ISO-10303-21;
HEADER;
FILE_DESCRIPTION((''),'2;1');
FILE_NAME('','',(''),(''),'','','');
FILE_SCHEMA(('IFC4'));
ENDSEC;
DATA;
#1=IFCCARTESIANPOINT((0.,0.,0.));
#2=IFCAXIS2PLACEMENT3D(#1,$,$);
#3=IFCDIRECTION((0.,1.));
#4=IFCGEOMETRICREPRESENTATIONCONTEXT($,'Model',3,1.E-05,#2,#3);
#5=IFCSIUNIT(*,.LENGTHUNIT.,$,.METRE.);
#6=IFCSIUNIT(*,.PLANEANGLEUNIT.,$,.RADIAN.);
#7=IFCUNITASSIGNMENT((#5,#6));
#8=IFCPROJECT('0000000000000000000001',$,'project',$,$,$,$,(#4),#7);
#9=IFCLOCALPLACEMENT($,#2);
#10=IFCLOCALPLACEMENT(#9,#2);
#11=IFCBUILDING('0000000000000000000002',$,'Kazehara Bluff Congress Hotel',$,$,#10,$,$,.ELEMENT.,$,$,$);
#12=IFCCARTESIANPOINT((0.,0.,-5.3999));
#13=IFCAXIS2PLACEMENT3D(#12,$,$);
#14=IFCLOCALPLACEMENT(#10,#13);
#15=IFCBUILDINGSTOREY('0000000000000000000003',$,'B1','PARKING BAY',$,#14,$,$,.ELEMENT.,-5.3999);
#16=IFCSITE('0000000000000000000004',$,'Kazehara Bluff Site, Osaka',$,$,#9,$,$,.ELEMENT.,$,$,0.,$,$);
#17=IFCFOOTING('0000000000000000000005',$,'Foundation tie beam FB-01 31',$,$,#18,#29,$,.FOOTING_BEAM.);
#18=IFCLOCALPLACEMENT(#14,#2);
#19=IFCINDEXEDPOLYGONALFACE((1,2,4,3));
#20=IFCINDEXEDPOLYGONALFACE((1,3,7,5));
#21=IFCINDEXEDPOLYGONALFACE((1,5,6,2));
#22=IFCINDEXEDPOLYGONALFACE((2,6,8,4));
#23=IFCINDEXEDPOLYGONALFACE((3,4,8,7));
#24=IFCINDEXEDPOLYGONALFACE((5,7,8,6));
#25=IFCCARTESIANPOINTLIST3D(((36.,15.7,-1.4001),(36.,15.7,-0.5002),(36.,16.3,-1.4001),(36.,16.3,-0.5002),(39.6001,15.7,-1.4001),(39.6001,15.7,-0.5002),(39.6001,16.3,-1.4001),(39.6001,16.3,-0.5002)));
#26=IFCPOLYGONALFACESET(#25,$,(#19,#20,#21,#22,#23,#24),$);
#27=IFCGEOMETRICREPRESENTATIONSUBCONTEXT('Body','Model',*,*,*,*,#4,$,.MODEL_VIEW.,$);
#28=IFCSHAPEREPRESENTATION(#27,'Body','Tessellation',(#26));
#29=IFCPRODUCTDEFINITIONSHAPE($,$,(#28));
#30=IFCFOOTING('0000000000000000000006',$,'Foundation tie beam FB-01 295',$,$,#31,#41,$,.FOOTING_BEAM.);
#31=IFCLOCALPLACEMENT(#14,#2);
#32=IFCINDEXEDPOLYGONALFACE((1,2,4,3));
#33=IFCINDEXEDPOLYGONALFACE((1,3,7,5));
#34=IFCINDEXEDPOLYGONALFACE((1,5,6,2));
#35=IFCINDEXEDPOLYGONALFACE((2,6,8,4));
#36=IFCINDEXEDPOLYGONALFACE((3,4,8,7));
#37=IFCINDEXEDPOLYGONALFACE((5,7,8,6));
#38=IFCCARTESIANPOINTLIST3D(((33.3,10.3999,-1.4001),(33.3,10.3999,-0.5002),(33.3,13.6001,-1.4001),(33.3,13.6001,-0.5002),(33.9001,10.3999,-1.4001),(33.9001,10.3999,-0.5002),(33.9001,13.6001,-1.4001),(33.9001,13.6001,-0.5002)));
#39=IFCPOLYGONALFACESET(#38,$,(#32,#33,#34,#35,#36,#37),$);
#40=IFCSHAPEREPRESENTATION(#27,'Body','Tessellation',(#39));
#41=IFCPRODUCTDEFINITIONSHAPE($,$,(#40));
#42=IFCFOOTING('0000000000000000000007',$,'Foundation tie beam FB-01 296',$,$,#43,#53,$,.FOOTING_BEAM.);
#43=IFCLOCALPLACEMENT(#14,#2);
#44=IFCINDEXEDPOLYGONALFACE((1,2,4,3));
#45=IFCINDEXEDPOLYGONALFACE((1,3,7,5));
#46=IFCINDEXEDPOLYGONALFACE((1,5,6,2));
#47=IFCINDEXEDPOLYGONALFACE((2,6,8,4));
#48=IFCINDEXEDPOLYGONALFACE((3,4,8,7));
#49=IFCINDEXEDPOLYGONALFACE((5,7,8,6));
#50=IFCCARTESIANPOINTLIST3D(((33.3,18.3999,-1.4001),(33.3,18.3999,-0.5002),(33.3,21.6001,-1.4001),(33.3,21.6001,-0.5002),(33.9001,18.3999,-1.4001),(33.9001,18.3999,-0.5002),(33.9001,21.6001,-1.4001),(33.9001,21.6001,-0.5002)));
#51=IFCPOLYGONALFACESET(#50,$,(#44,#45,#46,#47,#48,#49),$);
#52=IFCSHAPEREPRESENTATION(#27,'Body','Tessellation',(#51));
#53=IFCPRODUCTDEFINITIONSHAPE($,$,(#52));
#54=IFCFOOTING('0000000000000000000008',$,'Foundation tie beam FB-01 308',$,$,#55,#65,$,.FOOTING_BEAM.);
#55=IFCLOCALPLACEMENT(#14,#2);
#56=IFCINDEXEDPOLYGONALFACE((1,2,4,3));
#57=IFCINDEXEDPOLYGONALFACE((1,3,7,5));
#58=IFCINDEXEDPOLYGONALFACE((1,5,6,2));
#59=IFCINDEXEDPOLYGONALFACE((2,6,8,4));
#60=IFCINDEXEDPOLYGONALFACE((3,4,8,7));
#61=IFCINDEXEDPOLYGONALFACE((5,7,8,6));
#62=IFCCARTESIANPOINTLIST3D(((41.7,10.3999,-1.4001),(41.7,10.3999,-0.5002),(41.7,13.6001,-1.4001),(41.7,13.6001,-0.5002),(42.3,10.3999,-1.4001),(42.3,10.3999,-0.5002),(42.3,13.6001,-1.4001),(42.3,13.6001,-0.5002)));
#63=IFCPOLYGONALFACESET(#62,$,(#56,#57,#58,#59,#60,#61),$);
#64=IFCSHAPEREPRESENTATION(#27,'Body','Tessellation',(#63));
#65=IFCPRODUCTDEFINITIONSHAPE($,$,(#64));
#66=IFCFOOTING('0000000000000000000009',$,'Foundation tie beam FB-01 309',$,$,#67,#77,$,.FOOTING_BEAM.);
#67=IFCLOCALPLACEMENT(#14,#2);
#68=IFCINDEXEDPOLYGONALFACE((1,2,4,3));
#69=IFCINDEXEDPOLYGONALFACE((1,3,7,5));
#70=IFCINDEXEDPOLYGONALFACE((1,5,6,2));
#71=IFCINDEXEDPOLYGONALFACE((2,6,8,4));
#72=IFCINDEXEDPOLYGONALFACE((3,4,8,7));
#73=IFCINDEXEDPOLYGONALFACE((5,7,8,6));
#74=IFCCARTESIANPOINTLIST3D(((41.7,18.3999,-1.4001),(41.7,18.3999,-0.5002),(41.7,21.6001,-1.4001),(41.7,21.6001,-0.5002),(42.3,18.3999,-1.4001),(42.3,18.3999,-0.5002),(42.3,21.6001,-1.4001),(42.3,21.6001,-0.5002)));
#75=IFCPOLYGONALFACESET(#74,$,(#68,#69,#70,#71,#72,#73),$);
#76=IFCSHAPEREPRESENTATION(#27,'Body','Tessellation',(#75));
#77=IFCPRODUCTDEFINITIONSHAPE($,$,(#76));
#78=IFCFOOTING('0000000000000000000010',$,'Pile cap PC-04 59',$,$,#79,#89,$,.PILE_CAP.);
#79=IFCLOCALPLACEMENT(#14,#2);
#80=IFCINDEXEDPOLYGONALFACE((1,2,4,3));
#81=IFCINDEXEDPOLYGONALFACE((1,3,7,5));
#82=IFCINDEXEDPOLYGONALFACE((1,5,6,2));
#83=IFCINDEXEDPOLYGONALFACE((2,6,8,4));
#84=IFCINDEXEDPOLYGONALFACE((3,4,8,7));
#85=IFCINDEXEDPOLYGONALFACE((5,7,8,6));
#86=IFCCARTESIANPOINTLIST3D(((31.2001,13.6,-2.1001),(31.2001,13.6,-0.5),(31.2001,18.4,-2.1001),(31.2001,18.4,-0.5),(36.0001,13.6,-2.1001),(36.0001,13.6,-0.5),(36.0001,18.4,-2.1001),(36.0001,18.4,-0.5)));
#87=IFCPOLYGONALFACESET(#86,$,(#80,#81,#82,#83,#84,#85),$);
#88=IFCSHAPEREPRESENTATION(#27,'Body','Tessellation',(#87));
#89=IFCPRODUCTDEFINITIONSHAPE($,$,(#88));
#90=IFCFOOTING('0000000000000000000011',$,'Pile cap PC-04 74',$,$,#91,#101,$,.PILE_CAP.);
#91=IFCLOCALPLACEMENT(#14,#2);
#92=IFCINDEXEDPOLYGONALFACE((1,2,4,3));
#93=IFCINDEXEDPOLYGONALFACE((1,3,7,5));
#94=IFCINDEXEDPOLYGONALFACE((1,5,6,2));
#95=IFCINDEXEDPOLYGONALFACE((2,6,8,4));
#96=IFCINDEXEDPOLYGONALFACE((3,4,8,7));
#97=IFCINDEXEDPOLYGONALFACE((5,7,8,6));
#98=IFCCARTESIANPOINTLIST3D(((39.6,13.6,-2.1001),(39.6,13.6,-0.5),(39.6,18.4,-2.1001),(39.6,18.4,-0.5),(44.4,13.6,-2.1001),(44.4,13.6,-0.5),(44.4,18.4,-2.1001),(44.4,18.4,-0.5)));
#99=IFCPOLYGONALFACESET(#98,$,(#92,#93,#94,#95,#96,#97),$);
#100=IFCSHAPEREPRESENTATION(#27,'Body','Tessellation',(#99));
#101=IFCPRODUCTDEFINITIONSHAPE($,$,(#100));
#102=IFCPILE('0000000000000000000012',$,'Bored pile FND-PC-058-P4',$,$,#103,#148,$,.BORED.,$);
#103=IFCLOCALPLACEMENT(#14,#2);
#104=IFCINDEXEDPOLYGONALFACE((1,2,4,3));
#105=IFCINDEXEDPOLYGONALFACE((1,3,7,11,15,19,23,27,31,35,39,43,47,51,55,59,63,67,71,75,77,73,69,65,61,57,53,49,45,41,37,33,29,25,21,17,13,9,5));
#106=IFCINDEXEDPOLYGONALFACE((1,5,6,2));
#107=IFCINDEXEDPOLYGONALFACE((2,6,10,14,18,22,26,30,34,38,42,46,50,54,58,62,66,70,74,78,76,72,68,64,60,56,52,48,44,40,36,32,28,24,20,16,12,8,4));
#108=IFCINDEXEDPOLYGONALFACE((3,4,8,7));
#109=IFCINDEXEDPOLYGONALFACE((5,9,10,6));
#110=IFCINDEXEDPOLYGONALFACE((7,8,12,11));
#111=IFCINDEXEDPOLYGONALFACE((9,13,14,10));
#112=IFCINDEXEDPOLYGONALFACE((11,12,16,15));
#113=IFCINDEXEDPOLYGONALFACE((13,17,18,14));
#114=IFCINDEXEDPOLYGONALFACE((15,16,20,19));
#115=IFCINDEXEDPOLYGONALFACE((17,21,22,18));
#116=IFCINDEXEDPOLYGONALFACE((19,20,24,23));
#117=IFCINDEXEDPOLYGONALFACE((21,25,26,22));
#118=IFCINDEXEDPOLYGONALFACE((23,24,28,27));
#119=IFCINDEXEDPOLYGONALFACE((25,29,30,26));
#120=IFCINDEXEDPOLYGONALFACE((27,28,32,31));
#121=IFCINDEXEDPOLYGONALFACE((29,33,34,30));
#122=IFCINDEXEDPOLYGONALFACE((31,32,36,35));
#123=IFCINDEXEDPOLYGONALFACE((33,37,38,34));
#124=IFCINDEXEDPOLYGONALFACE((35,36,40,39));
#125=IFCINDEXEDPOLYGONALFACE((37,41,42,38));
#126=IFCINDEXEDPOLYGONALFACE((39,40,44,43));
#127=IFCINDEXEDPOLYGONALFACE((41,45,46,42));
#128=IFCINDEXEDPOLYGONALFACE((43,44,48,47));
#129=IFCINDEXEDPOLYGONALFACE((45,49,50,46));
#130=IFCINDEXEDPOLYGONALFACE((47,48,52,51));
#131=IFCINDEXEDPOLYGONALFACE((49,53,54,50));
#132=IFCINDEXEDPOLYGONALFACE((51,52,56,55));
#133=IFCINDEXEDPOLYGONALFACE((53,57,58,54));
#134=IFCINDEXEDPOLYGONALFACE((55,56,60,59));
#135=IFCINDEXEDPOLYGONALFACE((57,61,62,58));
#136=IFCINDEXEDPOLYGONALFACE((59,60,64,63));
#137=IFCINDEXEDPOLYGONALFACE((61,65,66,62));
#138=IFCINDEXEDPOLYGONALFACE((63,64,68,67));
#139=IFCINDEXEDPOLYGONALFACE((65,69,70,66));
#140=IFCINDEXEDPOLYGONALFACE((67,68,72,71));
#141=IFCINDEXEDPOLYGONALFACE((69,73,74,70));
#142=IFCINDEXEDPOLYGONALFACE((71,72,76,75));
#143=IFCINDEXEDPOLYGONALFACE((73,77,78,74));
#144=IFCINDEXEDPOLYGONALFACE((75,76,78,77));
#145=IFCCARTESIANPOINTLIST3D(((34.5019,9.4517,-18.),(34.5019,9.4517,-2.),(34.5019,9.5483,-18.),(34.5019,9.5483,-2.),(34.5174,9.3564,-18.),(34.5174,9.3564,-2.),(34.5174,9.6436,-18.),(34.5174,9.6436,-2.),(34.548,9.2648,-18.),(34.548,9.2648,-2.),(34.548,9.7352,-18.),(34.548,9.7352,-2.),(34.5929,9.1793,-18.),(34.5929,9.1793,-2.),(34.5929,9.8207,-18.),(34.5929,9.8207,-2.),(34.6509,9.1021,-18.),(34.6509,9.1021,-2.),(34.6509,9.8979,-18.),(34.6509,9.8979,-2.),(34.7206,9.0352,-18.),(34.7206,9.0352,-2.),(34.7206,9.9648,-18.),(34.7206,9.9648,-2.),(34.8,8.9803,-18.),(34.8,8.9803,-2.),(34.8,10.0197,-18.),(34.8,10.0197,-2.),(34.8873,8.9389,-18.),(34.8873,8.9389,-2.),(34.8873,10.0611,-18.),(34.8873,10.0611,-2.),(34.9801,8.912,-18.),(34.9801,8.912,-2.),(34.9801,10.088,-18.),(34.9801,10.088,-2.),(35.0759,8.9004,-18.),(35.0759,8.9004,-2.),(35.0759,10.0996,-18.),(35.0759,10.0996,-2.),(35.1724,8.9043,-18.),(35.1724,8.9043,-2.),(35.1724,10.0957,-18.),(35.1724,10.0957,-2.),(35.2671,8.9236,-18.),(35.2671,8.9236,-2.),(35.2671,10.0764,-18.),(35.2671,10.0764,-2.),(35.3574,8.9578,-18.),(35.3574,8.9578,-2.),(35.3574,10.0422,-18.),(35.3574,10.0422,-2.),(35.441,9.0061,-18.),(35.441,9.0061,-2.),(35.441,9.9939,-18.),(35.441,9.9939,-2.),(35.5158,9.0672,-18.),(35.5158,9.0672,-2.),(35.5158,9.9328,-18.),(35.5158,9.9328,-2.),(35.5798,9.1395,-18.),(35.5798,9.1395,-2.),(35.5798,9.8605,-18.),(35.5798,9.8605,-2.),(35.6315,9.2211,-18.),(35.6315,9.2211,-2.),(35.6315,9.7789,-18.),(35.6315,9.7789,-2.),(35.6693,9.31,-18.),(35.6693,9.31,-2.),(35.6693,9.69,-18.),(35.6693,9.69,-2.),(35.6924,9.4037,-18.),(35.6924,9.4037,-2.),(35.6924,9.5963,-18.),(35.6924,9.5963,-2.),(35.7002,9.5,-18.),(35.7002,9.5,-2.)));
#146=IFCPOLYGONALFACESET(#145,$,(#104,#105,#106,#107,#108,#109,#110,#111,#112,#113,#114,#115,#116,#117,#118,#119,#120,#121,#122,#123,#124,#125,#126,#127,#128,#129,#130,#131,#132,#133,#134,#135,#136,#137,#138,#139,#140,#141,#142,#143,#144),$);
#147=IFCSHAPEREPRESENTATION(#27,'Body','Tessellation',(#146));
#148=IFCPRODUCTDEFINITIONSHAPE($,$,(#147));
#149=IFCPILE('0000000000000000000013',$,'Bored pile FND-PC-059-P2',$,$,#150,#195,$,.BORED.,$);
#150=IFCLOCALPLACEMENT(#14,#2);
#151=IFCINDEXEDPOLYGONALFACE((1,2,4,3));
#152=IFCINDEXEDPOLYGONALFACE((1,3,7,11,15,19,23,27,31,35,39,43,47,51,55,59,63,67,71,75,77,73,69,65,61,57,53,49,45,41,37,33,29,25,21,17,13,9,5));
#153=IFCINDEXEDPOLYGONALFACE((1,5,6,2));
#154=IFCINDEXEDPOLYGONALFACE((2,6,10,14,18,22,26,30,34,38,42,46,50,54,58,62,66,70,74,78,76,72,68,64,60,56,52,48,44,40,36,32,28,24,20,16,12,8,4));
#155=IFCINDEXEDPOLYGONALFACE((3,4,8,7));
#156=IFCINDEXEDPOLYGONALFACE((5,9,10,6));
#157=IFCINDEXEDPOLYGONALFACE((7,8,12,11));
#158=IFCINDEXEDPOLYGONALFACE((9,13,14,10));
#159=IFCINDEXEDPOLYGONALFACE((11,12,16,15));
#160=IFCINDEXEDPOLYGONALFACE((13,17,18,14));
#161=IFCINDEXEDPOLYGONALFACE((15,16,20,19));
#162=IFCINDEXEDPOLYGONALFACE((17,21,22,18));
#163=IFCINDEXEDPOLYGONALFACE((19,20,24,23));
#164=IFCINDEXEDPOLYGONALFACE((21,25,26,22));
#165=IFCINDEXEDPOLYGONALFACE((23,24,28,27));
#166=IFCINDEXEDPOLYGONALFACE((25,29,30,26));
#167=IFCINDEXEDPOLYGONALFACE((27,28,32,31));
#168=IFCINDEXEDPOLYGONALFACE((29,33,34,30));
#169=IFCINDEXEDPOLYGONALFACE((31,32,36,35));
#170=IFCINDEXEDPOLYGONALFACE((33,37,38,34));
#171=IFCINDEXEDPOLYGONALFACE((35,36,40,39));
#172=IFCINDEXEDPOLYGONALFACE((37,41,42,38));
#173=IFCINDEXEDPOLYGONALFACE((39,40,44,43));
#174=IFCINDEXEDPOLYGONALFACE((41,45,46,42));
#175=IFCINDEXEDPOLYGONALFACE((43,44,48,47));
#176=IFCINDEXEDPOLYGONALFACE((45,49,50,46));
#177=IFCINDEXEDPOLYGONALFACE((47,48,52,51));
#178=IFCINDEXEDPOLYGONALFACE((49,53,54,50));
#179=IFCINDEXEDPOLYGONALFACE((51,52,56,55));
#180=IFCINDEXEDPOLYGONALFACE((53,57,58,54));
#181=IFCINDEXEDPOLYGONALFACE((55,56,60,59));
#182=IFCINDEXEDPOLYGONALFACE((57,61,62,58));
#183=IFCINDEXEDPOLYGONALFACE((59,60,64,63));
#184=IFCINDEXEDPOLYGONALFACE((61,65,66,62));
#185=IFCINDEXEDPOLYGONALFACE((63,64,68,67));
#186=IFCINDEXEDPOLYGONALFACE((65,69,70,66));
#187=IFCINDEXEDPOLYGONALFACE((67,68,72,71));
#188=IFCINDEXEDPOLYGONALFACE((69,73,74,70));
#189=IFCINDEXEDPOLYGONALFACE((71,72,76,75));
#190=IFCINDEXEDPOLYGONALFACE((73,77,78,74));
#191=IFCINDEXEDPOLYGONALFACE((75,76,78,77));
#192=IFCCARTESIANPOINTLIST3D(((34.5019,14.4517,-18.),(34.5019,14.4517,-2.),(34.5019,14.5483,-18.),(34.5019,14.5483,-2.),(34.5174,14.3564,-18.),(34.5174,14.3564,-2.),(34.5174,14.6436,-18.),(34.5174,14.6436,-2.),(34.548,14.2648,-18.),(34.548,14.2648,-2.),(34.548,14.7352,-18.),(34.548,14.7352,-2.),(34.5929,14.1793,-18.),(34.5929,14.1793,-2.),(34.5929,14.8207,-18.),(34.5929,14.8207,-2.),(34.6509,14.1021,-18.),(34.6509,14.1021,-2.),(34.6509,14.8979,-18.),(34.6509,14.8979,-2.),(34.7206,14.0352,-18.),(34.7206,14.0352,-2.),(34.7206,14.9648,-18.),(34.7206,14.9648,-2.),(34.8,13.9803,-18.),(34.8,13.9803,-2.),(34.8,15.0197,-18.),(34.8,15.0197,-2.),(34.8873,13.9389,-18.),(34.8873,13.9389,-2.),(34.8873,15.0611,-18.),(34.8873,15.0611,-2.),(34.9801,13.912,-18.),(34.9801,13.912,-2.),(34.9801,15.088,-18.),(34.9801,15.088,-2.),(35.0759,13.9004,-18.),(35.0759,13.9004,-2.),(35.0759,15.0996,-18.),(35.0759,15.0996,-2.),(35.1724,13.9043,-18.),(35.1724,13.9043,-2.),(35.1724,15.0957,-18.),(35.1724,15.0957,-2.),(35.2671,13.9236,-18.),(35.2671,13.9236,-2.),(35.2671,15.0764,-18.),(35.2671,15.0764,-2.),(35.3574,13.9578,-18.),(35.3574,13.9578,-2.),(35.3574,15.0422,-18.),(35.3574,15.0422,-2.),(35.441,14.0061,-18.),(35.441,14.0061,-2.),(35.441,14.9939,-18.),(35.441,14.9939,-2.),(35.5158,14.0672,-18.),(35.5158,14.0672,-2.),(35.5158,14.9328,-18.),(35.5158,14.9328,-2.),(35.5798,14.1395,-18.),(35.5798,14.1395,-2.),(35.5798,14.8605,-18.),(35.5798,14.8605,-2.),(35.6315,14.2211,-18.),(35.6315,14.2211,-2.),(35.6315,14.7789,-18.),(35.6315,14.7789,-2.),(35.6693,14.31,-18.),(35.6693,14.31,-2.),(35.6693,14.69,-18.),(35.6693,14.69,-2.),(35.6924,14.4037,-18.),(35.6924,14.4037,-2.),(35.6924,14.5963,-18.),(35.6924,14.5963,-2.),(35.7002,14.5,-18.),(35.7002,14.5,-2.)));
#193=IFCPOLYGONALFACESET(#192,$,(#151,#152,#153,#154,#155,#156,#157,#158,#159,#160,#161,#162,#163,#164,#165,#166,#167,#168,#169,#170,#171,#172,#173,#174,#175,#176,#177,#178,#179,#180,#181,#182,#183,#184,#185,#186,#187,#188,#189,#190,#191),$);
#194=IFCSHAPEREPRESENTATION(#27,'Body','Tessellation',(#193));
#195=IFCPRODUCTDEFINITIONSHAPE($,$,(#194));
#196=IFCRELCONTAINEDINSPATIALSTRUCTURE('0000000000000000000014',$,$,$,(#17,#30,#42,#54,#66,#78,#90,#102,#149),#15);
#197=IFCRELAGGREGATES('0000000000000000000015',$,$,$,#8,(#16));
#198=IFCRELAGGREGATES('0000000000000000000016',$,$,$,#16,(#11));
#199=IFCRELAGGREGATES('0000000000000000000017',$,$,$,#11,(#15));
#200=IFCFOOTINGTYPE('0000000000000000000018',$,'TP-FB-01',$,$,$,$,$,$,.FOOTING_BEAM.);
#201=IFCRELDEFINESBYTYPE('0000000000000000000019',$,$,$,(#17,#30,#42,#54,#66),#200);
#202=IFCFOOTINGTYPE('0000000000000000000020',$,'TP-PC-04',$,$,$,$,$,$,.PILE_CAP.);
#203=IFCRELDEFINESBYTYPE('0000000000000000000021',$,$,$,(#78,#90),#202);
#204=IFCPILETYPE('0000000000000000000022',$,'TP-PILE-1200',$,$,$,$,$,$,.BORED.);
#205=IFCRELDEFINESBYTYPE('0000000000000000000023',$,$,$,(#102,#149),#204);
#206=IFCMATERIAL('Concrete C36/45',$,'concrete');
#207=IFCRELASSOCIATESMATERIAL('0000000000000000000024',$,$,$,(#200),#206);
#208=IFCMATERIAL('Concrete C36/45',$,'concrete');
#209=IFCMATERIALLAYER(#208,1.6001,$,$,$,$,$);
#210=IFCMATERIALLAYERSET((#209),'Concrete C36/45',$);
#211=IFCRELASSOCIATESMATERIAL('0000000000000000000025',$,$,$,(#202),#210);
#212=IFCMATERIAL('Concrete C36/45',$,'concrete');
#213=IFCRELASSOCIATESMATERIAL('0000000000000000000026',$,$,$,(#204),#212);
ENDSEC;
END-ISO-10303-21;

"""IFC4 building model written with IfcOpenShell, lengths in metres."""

from ifc_helpers import new_model, si_unit, direction, frame, origin, origin_2d, place, context, subcontext, project, spatial, rectangle, circle, extrude, material, layer, layer_set, material_profile, profile_set, type_object, element, save


model = new_model("IFC4")

# Units and contexts
model_context = context("Model", 3, precision=1e-05, world=origin(), true_north=direction((0.0, 1.0)))
body_context = subcontext(model_context, "Body", "Model", "MODEL_VIEW")
ifc_project = project(units=[si_unit("LENGTHUNIT", "METRE"), si_unit("PLANEANGLEUNIT", "RADIAN")], contexts=[model_context])

# Site, building, storey
site_placement = place(None, origin())
site = spatial("IfcSite", under=ifc_project, at=site_placement, Name="Kazehara Bluff Site, Osaka", CompositionType="ELEMENT", RefElevation=0.0)
building_placement = place(site_placement, origin())
building = spatial("IfcBuilding", under=site, at=building_placement, Name="Kazehara Bluff Congress Hotel", CompositionType="ELEMENT")
storey_placement = place(building_placement, frame((0.0, 0.0, -5.3999)))
storey = spatial("IfcBuildingStorey", under=building, at=storey_placement, Name="B1", Description="PARKING BAY", CompositionType="ELEMENT", Elevation=-5.3999)

# Footings
ifc_material_1 = material(Name="Concrete C36/45", Category="concrete")
ifc_material_profile_1 = material_profile(ifc_material_1, rectangle(XDim=0.6001, YDim=0.8999, at=origin_2d()))
ifc_profile_set_1 = profile_set([ifc_material_profile_1], Name="Concrete C36/45")
footing_type_1 = type_object("IfcFootingType", Name="TP-FB-01", PredefinedType="FOOTING_BEAM", material=ifc_profile_set_1)
footing_placement = place(storey_placement, frame((36.0, 16.0, -0.9502), z_axis=(1.0, 0.0, 0.0), x_axis=(0.0, 1.0, 0.0)))
element("IfcFooting", 1, at=footing_placement, inside=storey, type_object=footing_type_1, Name="Foundation tie beam FB-01 31", PredefinedType="FOOTING_BEAM", context=body_context, shape_type="SweptSolid", body=[
    extrude(rectangle(XDim=0.6001, YDim=0.8999, at=origin_2d()), origin(), (0.0, 0.0, 1.0), 3.6001),
])
for number, where, z_axis, x_axis, name in (
    (2, (33.6001, 10.3999, -0.9502), (0.0, 1.0, 0.0), (-1.0, 0.0, 0.0), "Foundation tie beam FB-01 295"),
    (3, (33.6001, 18.3999, -0.9502), (0.0, 1.0, 0.0), (-1.0, 0.0, 0.0), "Foundation tie beam FB-01 296"),
    (4, (42.0, 10.3999, -0.9502), (0.0, 1.0, 0.0), (-1.0, 0.0, 0.0), "Foundation tie beam FB-01 308"),
    (5, (42.0, 18.3999, -0.9502), (0.0, 1.0, 0.0), (-1.0, 0.0, 0.0), "Foundation tie beam FB-01 309"),
):
    element("IfcFooting", number, at=place(storey_placement, frame(where, z_axis=z_axis, x_axis=x_axis)), inside=storey, type_object=footing_type_1, Name=name, PredefinedType="FOOTING_BEAM", context=body_context, shape_type="SweptSolid", body=[
        extrude(rectangle(XDim=0.6001, YDim=0.8999, at=origin_2d()), origin(), (0.0, 0.0, 1.0), 3.2002),
    ])
ifc_material_2 = material(Name="Concrete C36/45", Category="concrete")
ifc_layer_1 = layer(ifc_material_2, 1.6001)
ifc_layer_set_1 = layer_set([ifc_layer_1], Name="Concrete C36/45")
footing_type_2 = type_object("IfcFootingType", Name="TP-PC-04", PredefinedType="PILE_CAP", material=ifc_layer_set_1)
for number, where, z_axis, x_axis, name in (
    (6, (33.6001, 16.0, -2.1001), (0.0, 0.0, 1.0), (1.0, 0.0, 0.0), "Pile cap PC-04 59"),
    (7, (42.0, 16.0, -2.1001), (0.0, 0.0, 1.0), (1.0, 0.0, 0.0), "Pile cap PC-04 74"),
):
    element("IfcFooting", number, at=place(storey_placement, frame(where, z_axis=z_axis, x_axis=x_axis)), inside=storey, type_object=footing_type_2, Name=name, PredefinedType="PILE_CAP", context=body_context, shape_type="SweptSolid", body=[
        extrude(rectangle(XDim=4.8, YDim=4.8, at=origin_2d()), origin(), (0.0, 0.0, 1.0), 1.6001),
    ])

# Piles
ifc_material_3 = material(Name="Concrete C36/45", Category="concrete")
ifc_material_profile_2 = material_profile(ifc_material_3, circle(Radius=0.6001, at=origin_2d()))
ifc_profile_set_2 = profile_set([ifc_material_profile_2], Name="Concrete C36/45")
pile_type = type_object("IfcPileType", Name="TP-PILE-1200", PredefinedType="BORED", material=ifc_profile_set_2)
for number, where, z_axis, x_axis, name in (
    (8, (35.1001, 9.5, -2.0), (0.0, 0.0, -1.0), (1.0, 0.0, 0.0), "Bored pile FND-PC-058-P4"),
    (9, (35.1001, 14.5, -2.0), (0.0, 0.0, -1.0), (1.0, 0.0, 0.0), "Bored pile FND-PC-059-P2"),
):
    element("IfcPile", number, at=place(storey_placement, frame(where, z_axis=z_axis, x_axis=x_axis)), inside=storey, type_object=pile_type, Name=name, PredefinedType="BORED", context=body_context, shape_type="SweptSolid", body=[
        extrude(circle(Radius=0.6001, at=origin_2d()), origin(), (0.0, 0.0, 1.0), 16.0),
    ])

save(model, "model.ifc")
